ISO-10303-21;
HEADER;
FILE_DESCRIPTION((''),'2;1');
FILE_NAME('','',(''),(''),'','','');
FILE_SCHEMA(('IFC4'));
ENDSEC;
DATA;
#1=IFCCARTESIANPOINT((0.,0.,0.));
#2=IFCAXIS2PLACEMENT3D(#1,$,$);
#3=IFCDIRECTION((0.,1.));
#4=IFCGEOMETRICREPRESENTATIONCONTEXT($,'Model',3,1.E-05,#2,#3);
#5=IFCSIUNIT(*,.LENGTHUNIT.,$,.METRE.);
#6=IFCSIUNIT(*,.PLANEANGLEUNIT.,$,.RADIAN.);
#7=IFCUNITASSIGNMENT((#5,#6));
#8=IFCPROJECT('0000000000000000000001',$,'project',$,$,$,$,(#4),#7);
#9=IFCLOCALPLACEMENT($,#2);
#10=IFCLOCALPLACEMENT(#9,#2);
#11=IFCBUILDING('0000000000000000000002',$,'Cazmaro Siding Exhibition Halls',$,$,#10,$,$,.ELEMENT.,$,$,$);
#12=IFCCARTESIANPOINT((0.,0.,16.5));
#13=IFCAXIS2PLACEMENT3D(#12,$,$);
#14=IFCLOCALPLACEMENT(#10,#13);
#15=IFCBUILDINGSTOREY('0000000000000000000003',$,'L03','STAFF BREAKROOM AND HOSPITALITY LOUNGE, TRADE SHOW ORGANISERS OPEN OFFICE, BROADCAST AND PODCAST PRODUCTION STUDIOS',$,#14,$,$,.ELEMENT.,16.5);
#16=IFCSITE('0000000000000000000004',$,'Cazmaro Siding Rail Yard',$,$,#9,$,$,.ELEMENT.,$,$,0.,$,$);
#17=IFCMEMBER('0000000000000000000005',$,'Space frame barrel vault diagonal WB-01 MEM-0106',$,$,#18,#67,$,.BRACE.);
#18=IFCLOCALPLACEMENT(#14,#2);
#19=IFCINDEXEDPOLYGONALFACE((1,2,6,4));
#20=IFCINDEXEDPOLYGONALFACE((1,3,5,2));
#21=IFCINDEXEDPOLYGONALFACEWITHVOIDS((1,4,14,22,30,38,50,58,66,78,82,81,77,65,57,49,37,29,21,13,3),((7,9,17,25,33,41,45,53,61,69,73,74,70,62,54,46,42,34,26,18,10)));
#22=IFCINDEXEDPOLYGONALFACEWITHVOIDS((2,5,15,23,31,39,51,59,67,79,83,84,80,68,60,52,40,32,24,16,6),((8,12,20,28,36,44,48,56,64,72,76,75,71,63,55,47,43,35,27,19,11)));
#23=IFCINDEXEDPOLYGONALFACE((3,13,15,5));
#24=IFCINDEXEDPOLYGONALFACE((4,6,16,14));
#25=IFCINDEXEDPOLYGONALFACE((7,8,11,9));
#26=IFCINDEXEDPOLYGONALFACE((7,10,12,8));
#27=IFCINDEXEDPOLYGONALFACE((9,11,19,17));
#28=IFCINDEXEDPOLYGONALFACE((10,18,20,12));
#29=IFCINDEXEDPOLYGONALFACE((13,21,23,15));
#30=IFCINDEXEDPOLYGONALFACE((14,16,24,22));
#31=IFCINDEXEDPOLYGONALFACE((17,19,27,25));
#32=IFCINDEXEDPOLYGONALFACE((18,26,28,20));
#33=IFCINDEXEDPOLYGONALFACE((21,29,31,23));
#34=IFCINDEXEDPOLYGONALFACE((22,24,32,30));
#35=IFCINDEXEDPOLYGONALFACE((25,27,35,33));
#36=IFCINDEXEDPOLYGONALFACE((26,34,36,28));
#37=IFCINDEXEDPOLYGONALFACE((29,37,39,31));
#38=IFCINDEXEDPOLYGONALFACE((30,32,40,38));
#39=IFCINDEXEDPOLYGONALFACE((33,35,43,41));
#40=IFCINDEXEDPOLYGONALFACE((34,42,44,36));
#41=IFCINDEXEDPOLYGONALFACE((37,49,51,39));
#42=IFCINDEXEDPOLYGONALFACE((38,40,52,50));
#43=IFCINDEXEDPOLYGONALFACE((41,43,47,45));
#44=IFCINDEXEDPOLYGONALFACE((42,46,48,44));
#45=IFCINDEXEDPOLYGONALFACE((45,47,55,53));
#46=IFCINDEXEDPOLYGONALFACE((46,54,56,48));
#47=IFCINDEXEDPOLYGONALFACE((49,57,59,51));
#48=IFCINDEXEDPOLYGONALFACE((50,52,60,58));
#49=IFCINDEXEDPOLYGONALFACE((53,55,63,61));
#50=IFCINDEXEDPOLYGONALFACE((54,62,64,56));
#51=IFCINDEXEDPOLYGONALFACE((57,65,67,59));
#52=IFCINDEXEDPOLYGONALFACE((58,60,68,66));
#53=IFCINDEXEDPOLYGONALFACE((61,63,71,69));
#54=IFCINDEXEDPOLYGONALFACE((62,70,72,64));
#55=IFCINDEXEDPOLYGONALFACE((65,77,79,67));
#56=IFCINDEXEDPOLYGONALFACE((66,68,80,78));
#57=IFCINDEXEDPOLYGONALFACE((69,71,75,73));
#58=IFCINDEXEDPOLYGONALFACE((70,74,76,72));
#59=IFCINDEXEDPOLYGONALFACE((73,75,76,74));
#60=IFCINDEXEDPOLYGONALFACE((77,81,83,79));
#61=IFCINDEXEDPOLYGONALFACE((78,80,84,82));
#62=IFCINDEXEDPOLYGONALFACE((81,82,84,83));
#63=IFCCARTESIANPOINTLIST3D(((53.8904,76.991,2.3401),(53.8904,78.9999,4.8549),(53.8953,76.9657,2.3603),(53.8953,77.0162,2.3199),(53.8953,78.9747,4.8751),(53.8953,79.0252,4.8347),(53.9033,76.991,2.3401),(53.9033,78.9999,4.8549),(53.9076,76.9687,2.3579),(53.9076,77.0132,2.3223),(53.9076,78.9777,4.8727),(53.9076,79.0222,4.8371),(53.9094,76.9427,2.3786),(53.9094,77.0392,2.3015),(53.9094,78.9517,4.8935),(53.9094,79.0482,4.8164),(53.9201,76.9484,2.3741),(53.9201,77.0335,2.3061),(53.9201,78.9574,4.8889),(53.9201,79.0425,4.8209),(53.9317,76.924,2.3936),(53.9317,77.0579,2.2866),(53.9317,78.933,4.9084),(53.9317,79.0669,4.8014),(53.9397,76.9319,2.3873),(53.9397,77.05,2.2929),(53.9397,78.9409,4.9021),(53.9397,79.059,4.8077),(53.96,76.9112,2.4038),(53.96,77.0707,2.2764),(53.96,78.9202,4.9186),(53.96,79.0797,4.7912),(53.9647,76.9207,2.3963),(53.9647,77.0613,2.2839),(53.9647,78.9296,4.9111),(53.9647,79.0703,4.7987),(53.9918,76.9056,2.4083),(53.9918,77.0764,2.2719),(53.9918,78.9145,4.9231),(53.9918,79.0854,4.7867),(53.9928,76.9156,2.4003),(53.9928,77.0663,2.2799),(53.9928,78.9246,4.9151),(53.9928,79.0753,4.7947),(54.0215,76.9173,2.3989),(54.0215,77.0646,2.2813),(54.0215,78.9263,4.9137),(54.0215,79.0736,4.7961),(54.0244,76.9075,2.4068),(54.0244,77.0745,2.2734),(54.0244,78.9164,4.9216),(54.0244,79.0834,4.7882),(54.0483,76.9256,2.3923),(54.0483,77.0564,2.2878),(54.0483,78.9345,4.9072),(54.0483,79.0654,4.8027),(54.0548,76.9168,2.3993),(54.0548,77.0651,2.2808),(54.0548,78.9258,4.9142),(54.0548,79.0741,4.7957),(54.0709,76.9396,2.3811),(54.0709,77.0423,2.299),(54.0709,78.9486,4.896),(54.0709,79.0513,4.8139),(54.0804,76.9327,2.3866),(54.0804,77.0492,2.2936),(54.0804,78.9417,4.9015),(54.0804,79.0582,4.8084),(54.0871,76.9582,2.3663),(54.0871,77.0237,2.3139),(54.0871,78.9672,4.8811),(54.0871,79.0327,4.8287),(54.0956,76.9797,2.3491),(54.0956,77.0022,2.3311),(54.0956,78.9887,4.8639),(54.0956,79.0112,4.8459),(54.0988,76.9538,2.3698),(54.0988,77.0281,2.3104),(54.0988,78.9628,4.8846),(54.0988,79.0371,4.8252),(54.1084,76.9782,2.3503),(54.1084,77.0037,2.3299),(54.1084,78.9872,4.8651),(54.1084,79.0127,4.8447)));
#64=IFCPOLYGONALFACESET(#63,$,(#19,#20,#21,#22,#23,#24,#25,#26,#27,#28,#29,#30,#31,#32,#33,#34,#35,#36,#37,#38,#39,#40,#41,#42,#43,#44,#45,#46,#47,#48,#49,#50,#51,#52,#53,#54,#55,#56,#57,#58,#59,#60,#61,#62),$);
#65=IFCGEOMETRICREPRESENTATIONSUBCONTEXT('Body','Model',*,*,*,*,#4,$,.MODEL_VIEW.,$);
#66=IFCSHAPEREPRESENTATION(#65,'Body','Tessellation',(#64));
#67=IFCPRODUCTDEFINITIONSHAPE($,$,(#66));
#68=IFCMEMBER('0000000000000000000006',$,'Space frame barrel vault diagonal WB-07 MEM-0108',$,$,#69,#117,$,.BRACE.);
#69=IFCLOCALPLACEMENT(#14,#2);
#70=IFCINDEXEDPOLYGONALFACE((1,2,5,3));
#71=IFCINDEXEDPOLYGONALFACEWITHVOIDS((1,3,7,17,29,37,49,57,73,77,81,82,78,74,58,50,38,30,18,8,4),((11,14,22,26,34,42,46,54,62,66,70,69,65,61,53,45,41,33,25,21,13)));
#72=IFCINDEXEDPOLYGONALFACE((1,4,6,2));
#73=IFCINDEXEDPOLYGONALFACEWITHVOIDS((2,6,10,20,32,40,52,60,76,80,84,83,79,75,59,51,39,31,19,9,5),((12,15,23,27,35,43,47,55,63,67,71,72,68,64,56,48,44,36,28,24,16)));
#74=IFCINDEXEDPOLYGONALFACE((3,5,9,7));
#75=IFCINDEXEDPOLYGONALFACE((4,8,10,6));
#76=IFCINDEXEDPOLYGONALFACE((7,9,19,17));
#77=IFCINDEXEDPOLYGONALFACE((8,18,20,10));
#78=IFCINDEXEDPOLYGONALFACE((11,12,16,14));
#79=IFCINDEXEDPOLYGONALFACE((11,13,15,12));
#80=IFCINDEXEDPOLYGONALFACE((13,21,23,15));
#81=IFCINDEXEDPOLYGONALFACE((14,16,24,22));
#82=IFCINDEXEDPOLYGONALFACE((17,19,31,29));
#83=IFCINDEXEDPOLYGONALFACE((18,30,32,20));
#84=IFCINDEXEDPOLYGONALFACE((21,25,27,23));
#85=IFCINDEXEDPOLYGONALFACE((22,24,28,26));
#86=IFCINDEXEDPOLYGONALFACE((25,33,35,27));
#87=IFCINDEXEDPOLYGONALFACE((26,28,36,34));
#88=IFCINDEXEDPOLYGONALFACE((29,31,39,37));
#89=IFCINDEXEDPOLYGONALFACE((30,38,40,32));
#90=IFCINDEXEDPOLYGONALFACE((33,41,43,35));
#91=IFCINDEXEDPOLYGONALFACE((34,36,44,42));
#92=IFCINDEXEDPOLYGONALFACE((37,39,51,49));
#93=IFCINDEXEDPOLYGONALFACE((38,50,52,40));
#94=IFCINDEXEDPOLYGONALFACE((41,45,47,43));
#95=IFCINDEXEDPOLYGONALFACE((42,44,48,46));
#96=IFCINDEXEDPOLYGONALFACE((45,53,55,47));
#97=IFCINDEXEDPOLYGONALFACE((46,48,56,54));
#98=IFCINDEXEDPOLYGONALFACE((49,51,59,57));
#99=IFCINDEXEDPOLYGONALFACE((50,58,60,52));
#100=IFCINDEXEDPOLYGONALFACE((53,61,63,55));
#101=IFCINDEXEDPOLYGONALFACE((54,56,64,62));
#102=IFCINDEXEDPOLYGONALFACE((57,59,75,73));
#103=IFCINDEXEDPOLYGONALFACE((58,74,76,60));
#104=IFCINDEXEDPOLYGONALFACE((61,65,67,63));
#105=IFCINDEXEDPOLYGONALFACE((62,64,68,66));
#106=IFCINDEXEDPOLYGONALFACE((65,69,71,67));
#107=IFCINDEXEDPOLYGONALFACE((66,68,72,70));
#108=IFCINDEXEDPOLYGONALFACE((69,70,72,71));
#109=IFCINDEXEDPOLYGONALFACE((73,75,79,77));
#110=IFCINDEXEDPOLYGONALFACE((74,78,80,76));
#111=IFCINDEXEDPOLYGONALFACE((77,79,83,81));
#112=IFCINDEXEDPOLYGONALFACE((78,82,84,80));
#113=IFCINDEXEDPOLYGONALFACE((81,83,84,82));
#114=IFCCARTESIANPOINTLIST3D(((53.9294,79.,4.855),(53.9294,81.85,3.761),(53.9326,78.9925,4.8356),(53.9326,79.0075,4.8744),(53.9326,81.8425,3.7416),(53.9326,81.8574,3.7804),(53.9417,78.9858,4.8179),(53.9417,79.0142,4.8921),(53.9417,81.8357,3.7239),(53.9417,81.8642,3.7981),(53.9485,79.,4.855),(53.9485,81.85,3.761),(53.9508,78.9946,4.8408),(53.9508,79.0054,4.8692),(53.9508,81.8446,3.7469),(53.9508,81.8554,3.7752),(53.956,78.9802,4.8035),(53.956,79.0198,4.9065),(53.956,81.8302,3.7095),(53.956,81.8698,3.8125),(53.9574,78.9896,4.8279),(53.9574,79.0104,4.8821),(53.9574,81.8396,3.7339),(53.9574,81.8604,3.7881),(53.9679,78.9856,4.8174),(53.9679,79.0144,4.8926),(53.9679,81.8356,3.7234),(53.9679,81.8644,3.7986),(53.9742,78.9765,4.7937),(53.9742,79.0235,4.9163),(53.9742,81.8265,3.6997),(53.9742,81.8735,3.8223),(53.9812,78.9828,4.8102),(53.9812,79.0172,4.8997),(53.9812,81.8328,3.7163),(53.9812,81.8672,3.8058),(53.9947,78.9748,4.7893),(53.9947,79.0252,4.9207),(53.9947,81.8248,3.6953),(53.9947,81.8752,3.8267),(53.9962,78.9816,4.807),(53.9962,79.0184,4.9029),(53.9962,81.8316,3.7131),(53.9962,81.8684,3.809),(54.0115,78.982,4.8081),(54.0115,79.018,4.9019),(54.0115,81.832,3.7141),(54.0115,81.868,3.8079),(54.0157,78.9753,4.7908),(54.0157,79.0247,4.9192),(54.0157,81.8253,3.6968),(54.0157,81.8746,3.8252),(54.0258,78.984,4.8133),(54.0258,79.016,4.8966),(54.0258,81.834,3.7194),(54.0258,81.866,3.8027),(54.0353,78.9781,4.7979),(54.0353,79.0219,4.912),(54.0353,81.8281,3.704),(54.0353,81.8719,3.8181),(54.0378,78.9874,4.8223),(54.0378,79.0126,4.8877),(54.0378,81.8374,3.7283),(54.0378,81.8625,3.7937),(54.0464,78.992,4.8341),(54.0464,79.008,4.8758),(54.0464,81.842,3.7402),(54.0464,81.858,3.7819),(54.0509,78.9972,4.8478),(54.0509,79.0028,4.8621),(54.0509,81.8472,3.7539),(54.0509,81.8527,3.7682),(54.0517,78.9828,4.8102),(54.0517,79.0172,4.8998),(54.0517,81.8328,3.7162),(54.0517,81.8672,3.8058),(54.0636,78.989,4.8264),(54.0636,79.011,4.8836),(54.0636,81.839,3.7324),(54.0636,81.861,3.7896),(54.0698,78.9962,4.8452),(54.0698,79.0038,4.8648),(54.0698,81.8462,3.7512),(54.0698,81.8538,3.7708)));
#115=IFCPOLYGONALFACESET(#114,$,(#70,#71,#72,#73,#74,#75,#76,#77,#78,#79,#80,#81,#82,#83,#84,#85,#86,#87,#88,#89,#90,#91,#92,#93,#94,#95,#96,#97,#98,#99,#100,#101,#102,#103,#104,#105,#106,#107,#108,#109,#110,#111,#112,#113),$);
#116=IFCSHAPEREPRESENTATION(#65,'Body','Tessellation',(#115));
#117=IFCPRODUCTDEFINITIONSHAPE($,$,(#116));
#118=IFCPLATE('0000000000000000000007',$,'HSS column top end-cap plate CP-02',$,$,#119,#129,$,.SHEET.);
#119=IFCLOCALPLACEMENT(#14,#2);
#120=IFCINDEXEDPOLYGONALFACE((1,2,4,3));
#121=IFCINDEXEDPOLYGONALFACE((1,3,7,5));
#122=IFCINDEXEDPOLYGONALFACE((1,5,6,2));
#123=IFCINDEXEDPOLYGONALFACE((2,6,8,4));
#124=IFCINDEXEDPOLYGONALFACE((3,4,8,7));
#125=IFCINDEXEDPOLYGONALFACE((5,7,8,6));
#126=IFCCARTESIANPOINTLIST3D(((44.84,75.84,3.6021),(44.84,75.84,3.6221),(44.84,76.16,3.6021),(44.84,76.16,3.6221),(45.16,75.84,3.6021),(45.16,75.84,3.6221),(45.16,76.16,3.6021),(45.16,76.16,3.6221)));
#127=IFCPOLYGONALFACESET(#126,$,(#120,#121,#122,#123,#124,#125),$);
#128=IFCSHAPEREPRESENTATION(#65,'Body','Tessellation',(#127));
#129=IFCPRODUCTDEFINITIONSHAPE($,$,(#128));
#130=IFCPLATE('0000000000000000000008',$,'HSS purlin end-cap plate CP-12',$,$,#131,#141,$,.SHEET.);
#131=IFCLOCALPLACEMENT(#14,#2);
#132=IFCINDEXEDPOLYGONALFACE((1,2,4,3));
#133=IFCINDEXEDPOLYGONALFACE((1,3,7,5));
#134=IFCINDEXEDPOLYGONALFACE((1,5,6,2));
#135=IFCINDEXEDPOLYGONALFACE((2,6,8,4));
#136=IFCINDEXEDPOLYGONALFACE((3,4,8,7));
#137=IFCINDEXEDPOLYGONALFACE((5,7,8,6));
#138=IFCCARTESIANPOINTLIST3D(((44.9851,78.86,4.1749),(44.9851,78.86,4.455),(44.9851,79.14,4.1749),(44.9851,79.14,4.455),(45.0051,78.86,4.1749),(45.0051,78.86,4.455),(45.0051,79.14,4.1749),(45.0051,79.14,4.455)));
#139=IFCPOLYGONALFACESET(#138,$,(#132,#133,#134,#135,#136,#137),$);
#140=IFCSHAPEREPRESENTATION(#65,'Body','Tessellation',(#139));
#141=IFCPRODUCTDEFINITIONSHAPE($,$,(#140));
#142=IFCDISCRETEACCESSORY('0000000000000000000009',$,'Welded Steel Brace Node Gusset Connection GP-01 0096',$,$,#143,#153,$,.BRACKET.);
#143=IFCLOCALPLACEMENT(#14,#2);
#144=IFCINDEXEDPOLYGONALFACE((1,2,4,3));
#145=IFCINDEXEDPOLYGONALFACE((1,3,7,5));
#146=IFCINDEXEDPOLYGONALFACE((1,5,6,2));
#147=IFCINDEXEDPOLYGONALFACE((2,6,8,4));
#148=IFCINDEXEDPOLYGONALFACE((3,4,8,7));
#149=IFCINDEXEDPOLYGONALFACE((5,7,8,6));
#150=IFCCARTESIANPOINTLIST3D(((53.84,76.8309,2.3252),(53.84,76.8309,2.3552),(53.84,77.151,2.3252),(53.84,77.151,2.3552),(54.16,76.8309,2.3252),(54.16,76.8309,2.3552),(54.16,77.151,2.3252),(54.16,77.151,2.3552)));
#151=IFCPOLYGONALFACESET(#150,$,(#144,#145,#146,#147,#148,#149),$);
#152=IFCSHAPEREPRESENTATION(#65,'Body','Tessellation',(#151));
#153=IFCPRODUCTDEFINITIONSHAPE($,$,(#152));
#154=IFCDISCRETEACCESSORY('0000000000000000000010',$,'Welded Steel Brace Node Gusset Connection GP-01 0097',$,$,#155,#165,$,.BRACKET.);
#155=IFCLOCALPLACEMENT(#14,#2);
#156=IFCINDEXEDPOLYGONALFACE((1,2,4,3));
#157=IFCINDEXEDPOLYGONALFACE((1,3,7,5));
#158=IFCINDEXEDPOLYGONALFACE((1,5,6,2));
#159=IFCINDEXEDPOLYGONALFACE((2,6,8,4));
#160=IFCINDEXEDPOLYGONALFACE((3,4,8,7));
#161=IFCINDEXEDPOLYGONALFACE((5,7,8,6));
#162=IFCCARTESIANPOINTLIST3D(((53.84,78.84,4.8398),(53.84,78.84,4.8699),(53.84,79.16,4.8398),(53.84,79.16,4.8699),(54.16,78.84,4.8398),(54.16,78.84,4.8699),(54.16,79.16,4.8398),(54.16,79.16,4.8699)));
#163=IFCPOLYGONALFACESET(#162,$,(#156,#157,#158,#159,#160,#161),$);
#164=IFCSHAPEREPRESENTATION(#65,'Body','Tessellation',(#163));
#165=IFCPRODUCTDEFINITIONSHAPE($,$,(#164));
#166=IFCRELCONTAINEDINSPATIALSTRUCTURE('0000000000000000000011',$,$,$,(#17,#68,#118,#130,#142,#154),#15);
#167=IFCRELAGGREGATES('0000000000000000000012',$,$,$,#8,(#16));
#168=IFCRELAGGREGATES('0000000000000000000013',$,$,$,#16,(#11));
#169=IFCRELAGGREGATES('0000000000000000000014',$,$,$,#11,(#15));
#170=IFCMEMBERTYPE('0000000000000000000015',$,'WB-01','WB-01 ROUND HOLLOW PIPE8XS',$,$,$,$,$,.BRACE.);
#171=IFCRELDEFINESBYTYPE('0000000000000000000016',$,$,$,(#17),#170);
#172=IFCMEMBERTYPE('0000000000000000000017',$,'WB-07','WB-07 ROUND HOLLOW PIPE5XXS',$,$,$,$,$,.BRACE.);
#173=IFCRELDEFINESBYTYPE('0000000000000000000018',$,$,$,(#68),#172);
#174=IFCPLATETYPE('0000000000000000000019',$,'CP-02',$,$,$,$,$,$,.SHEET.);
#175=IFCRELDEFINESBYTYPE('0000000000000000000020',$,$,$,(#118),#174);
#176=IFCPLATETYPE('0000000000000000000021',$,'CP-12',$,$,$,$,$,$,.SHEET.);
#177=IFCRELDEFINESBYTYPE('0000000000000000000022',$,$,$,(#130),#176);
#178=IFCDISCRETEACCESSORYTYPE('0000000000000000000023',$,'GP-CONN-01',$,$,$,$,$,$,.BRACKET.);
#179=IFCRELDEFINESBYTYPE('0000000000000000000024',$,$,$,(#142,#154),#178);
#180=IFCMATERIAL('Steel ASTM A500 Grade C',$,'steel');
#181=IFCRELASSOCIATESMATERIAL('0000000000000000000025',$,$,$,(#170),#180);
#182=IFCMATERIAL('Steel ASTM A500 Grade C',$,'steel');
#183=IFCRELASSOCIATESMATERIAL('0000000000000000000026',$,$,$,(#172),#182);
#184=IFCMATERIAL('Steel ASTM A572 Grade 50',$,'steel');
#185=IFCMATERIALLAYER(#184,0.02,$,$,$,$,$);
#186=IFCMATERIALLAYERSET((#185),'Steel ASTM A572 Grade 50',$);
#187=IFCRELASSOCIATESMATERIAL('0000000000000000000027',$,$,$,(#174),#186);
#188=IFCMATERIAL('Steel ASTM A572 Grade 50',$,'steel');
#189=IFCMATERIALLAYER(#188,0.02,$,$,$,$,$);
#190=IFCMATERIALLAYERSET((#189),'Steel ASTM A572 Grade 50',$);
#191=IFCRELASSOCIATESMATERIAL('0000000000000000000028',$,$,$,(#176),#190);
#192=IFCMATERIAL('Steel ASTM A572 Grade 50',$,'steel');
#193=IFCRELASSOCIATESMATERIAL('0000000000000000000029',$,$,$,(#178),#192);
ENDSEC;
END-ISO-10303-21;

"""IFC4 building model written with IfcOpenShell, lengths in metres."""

from ifc_helpers import new_model, si_unit, direction, frame, origin, origin_2d, place, context, subcontext, project, spatial, rectangle, hollow_circle, extrude, material, layer, layer_set, material_profile, profile_set, type_object, element, save


model = new_model("IFC4")

# Units and contexts
model_context = context("Model", 3, precision=1e-05, world=origin(), true_north=direction((0.0, 1.0)))
body_context = subcontext(model_context, "Body", "Model", "MODEL_VIEW")
ifc_project = project(units=[si_unit("LENGTHUNIT", "METRE"), si_unit("PLANEANGLEUNIT", "RADIAN")], contexts=[model_context])

# Site, building, storey
site_placement = place(None, origin())
site = spatial("IfcSite", under=ifc_project, at=site_placement, Name="Cazmaro Siding Rail Yard", CompositionType="ELEMENT", RefElevation=0.0)
building_placement = place(site_placement, origin())
building = spatial("IfcBuilding", under=site, at=building_placement, Name="Cazmaro Siding Exhibition Halls", CompositionType="ELEMENT")
storey_placement = place(building_placement, frame((0.0, 0.0, 16.5)))
storey = spatial("IfcBuildingStorey", under=building, at=storey_placement, Name="L03", Description="STAFF BREAKROOM AND HOSPITALITY LOUNGE, TRADE SHOW ORGANISERS OPEN OFFICE, BROADCAST AND PODCAST PRODUCTION STUDIOS", CompositionType="ELEMENT", Elevation=16.5)

# Members
ifc_material_1 = material(Name="Steel ASTM A500 Grade C", Category="steel")
ifc_material_profile_1 = material_profile(ifc_material_1, hollow_circle(Radius=0.1096, WallThickness=0.0129, at=origin_2d()), Name="PIPE8XS")
ifc_profile_set_1 = profile_set([ifc_material_profile_1], Name="Steel ASTM A500 Grade C")
member_type_1 = type_object("IfcMemberType", Name="WB-01", Description="WB-01 ROUND HOLLOW PIPE8XS", PredefinedType="BRACE", material=ifc_profile_set_1)
member_1_placement = place(storey_placement, frame((54.0, 76.991, 2.3401), z_axis=(0.0, 0.624149, 0.781305), x_axis=(-1.0, 0.0, 0.0)))
element("IfcMember", 1, at=member_1_placement, inside=storey, type_object=member_type_1, Name="Space frame barrel vault diagonal WB-01 MEM-0106", PredefinedType="BRACE", context=body_context, shape_type="SweptSolid", body=[
    extrude(hollow_circle(Radius=0.1096, WallThickness=0.0129, at=origin_2d()), origin(), (0.0, 0.0, 1.0), 3.2188),
])
ifc_material_2 = material(Name="Steel ASTM A500 Grade C", Category="steel")
ifc_material_profile_2 = material_profile(ifc_material_2, hollow_circle(Radius=0.0706, WallThickness=0.019, at=origin_2d()), Name="PIPE5XXS")
ifc_profile_set_2 = profile_set([ifc_material_profile_2], Name="Steel ASTM A500 Grade C")
member_type_2 = type_object("IfcMemberType", Name="WB-07", Description="WB-07 ROUND HOLLOW PIPE5XXS", PredefinedType="BRACE", material=ifc_profile_set_2)
member_2_placement = place(storey_placement, frame((54.0, 79.0, 4.855), z_axis=(0.0, 0.933587, -0.358352), x_axis=(-1.0, 0.0, 0.0)))
element("IfcMember", 2, at=member_2_placement, inside=storey, type_object=member_type_2, Name="Space frame barrel vault diagonal WB-07 MEM-0108", PredefinedType="BRACE", context=body_context, shape_type="SweptSolid", body=[
    extrude(hollow_circle(Radius=0.0706, WallThickness=0.019, at=origin_2d()), origin(), (0.0, 0.0, 1.0), 3.0527),
])

# Plates
ifc_material_3 = material(Name="Steel ASTM A572 Grade 50", Category="steel")
ifc_layer_1 = layer(ifc_material_3, 0.02)
ifc_layer_set_1 = layer_set([ifc_layer_1], Name="Steel ASTM A572 Grade 50")
plate_type_1 = type_object("IfcPlateType", Name="CP-02", PredefinedType="SHEET", material=ifc_layer_set_1)
plate_1_placement = place(storey_placement, frame((45.0, 76.0, 3.6021), z_axis=(0.0, 0.0, 1.0), x_axis=(1.0, 0.0, 0.0)))
element("IfcPlate", 3, at=plate_1_placement, inside=storey, type_object=plate_type_1, Name="HSS column top end-cap plate CP-02", PredefinedType="SHEET", context=body_context, shape_type="SweptSolid", body=[
    extrude(rectangle(XDim=0.3201, YDim=0.3201, at=origin_2d()), origin(), (0.0, 0.0, 1.0), 0.02),
])
ifc_material_4 = material(Name="Steel ASTM A572 Grade 50", Category="steel")
ifc_layer_2 = layer(ifc_material_4, 0.02)
ifc_layer_set_2 = layer_set([ifc_layer_2], Name="Steel ASTM A572 Grade 50")
plate_type_2 = type_object("IfcPlateType", Name="CP-12", PredefinedType="SHEET", material=ifc_layer_set_2)
plate_2_placement = place(storey_placement, frame((44.9851, 79.0, 4.3149), z_axis=(1.0, 0.0, 0.0), x_axis=(0.0, 1.0, 0.0)))
element("IfcPlate", 4, at=plate_2_placement, inside=storey, type_object=plate_type_2, Name="HSS purlin end-cap plate CP-12", PredefinedType="SHEET", context=body_context, shape_type="SweptSolid", body=[
    extrude(rectangle(XDim=0.28, YDim=0.28, at=origin_2d()), origin(), (0.0, 0.0, 1.0), 0.02),
])

# Discrete accessories
ifc_material_5 = material(Name="Steel ASTM A572 Grade 50", Category="steel")
discrete_accessory_type = type_object("IfcDiscreteAccessoryType", Name="GP-CONN-01", PredefinedType="BRACKET", material=ifc_material_5)
for number, where, z_axis, x_axis, name in (
    (5, (54.0, 76.991, 2.3252), (0.0, 0.0, 1.0), (1.0, 0.0, 0.0), "Welded Steel Brace Node Gusset Connection GP-01 0096"),
    (6, (54.0, 79.0, 4.8398), (0.0, 0.0, 1.0), (1.0, 0.0, 0.0), "Welded Steel Brace Node Gusset Connection GP-01 0097"),
):
    element("IfcDiscreteAccessory", number, at=place(storey_placement, frame(where, z_axis=z_axis, x_axis=x_axis)), inside=storey, type_object=discrete_accessory_type, Name=name, PredefinedType="BRACKET", context=body_context, shape_type="SweptSolid", body=[
        extrude(rectangle(XDim=0.3201, YDim=0.3201, at=origin_2d()), origin(), (0.0, 0.0, 1.0), 0.03),
    ])

save(model, "model.ifc")
